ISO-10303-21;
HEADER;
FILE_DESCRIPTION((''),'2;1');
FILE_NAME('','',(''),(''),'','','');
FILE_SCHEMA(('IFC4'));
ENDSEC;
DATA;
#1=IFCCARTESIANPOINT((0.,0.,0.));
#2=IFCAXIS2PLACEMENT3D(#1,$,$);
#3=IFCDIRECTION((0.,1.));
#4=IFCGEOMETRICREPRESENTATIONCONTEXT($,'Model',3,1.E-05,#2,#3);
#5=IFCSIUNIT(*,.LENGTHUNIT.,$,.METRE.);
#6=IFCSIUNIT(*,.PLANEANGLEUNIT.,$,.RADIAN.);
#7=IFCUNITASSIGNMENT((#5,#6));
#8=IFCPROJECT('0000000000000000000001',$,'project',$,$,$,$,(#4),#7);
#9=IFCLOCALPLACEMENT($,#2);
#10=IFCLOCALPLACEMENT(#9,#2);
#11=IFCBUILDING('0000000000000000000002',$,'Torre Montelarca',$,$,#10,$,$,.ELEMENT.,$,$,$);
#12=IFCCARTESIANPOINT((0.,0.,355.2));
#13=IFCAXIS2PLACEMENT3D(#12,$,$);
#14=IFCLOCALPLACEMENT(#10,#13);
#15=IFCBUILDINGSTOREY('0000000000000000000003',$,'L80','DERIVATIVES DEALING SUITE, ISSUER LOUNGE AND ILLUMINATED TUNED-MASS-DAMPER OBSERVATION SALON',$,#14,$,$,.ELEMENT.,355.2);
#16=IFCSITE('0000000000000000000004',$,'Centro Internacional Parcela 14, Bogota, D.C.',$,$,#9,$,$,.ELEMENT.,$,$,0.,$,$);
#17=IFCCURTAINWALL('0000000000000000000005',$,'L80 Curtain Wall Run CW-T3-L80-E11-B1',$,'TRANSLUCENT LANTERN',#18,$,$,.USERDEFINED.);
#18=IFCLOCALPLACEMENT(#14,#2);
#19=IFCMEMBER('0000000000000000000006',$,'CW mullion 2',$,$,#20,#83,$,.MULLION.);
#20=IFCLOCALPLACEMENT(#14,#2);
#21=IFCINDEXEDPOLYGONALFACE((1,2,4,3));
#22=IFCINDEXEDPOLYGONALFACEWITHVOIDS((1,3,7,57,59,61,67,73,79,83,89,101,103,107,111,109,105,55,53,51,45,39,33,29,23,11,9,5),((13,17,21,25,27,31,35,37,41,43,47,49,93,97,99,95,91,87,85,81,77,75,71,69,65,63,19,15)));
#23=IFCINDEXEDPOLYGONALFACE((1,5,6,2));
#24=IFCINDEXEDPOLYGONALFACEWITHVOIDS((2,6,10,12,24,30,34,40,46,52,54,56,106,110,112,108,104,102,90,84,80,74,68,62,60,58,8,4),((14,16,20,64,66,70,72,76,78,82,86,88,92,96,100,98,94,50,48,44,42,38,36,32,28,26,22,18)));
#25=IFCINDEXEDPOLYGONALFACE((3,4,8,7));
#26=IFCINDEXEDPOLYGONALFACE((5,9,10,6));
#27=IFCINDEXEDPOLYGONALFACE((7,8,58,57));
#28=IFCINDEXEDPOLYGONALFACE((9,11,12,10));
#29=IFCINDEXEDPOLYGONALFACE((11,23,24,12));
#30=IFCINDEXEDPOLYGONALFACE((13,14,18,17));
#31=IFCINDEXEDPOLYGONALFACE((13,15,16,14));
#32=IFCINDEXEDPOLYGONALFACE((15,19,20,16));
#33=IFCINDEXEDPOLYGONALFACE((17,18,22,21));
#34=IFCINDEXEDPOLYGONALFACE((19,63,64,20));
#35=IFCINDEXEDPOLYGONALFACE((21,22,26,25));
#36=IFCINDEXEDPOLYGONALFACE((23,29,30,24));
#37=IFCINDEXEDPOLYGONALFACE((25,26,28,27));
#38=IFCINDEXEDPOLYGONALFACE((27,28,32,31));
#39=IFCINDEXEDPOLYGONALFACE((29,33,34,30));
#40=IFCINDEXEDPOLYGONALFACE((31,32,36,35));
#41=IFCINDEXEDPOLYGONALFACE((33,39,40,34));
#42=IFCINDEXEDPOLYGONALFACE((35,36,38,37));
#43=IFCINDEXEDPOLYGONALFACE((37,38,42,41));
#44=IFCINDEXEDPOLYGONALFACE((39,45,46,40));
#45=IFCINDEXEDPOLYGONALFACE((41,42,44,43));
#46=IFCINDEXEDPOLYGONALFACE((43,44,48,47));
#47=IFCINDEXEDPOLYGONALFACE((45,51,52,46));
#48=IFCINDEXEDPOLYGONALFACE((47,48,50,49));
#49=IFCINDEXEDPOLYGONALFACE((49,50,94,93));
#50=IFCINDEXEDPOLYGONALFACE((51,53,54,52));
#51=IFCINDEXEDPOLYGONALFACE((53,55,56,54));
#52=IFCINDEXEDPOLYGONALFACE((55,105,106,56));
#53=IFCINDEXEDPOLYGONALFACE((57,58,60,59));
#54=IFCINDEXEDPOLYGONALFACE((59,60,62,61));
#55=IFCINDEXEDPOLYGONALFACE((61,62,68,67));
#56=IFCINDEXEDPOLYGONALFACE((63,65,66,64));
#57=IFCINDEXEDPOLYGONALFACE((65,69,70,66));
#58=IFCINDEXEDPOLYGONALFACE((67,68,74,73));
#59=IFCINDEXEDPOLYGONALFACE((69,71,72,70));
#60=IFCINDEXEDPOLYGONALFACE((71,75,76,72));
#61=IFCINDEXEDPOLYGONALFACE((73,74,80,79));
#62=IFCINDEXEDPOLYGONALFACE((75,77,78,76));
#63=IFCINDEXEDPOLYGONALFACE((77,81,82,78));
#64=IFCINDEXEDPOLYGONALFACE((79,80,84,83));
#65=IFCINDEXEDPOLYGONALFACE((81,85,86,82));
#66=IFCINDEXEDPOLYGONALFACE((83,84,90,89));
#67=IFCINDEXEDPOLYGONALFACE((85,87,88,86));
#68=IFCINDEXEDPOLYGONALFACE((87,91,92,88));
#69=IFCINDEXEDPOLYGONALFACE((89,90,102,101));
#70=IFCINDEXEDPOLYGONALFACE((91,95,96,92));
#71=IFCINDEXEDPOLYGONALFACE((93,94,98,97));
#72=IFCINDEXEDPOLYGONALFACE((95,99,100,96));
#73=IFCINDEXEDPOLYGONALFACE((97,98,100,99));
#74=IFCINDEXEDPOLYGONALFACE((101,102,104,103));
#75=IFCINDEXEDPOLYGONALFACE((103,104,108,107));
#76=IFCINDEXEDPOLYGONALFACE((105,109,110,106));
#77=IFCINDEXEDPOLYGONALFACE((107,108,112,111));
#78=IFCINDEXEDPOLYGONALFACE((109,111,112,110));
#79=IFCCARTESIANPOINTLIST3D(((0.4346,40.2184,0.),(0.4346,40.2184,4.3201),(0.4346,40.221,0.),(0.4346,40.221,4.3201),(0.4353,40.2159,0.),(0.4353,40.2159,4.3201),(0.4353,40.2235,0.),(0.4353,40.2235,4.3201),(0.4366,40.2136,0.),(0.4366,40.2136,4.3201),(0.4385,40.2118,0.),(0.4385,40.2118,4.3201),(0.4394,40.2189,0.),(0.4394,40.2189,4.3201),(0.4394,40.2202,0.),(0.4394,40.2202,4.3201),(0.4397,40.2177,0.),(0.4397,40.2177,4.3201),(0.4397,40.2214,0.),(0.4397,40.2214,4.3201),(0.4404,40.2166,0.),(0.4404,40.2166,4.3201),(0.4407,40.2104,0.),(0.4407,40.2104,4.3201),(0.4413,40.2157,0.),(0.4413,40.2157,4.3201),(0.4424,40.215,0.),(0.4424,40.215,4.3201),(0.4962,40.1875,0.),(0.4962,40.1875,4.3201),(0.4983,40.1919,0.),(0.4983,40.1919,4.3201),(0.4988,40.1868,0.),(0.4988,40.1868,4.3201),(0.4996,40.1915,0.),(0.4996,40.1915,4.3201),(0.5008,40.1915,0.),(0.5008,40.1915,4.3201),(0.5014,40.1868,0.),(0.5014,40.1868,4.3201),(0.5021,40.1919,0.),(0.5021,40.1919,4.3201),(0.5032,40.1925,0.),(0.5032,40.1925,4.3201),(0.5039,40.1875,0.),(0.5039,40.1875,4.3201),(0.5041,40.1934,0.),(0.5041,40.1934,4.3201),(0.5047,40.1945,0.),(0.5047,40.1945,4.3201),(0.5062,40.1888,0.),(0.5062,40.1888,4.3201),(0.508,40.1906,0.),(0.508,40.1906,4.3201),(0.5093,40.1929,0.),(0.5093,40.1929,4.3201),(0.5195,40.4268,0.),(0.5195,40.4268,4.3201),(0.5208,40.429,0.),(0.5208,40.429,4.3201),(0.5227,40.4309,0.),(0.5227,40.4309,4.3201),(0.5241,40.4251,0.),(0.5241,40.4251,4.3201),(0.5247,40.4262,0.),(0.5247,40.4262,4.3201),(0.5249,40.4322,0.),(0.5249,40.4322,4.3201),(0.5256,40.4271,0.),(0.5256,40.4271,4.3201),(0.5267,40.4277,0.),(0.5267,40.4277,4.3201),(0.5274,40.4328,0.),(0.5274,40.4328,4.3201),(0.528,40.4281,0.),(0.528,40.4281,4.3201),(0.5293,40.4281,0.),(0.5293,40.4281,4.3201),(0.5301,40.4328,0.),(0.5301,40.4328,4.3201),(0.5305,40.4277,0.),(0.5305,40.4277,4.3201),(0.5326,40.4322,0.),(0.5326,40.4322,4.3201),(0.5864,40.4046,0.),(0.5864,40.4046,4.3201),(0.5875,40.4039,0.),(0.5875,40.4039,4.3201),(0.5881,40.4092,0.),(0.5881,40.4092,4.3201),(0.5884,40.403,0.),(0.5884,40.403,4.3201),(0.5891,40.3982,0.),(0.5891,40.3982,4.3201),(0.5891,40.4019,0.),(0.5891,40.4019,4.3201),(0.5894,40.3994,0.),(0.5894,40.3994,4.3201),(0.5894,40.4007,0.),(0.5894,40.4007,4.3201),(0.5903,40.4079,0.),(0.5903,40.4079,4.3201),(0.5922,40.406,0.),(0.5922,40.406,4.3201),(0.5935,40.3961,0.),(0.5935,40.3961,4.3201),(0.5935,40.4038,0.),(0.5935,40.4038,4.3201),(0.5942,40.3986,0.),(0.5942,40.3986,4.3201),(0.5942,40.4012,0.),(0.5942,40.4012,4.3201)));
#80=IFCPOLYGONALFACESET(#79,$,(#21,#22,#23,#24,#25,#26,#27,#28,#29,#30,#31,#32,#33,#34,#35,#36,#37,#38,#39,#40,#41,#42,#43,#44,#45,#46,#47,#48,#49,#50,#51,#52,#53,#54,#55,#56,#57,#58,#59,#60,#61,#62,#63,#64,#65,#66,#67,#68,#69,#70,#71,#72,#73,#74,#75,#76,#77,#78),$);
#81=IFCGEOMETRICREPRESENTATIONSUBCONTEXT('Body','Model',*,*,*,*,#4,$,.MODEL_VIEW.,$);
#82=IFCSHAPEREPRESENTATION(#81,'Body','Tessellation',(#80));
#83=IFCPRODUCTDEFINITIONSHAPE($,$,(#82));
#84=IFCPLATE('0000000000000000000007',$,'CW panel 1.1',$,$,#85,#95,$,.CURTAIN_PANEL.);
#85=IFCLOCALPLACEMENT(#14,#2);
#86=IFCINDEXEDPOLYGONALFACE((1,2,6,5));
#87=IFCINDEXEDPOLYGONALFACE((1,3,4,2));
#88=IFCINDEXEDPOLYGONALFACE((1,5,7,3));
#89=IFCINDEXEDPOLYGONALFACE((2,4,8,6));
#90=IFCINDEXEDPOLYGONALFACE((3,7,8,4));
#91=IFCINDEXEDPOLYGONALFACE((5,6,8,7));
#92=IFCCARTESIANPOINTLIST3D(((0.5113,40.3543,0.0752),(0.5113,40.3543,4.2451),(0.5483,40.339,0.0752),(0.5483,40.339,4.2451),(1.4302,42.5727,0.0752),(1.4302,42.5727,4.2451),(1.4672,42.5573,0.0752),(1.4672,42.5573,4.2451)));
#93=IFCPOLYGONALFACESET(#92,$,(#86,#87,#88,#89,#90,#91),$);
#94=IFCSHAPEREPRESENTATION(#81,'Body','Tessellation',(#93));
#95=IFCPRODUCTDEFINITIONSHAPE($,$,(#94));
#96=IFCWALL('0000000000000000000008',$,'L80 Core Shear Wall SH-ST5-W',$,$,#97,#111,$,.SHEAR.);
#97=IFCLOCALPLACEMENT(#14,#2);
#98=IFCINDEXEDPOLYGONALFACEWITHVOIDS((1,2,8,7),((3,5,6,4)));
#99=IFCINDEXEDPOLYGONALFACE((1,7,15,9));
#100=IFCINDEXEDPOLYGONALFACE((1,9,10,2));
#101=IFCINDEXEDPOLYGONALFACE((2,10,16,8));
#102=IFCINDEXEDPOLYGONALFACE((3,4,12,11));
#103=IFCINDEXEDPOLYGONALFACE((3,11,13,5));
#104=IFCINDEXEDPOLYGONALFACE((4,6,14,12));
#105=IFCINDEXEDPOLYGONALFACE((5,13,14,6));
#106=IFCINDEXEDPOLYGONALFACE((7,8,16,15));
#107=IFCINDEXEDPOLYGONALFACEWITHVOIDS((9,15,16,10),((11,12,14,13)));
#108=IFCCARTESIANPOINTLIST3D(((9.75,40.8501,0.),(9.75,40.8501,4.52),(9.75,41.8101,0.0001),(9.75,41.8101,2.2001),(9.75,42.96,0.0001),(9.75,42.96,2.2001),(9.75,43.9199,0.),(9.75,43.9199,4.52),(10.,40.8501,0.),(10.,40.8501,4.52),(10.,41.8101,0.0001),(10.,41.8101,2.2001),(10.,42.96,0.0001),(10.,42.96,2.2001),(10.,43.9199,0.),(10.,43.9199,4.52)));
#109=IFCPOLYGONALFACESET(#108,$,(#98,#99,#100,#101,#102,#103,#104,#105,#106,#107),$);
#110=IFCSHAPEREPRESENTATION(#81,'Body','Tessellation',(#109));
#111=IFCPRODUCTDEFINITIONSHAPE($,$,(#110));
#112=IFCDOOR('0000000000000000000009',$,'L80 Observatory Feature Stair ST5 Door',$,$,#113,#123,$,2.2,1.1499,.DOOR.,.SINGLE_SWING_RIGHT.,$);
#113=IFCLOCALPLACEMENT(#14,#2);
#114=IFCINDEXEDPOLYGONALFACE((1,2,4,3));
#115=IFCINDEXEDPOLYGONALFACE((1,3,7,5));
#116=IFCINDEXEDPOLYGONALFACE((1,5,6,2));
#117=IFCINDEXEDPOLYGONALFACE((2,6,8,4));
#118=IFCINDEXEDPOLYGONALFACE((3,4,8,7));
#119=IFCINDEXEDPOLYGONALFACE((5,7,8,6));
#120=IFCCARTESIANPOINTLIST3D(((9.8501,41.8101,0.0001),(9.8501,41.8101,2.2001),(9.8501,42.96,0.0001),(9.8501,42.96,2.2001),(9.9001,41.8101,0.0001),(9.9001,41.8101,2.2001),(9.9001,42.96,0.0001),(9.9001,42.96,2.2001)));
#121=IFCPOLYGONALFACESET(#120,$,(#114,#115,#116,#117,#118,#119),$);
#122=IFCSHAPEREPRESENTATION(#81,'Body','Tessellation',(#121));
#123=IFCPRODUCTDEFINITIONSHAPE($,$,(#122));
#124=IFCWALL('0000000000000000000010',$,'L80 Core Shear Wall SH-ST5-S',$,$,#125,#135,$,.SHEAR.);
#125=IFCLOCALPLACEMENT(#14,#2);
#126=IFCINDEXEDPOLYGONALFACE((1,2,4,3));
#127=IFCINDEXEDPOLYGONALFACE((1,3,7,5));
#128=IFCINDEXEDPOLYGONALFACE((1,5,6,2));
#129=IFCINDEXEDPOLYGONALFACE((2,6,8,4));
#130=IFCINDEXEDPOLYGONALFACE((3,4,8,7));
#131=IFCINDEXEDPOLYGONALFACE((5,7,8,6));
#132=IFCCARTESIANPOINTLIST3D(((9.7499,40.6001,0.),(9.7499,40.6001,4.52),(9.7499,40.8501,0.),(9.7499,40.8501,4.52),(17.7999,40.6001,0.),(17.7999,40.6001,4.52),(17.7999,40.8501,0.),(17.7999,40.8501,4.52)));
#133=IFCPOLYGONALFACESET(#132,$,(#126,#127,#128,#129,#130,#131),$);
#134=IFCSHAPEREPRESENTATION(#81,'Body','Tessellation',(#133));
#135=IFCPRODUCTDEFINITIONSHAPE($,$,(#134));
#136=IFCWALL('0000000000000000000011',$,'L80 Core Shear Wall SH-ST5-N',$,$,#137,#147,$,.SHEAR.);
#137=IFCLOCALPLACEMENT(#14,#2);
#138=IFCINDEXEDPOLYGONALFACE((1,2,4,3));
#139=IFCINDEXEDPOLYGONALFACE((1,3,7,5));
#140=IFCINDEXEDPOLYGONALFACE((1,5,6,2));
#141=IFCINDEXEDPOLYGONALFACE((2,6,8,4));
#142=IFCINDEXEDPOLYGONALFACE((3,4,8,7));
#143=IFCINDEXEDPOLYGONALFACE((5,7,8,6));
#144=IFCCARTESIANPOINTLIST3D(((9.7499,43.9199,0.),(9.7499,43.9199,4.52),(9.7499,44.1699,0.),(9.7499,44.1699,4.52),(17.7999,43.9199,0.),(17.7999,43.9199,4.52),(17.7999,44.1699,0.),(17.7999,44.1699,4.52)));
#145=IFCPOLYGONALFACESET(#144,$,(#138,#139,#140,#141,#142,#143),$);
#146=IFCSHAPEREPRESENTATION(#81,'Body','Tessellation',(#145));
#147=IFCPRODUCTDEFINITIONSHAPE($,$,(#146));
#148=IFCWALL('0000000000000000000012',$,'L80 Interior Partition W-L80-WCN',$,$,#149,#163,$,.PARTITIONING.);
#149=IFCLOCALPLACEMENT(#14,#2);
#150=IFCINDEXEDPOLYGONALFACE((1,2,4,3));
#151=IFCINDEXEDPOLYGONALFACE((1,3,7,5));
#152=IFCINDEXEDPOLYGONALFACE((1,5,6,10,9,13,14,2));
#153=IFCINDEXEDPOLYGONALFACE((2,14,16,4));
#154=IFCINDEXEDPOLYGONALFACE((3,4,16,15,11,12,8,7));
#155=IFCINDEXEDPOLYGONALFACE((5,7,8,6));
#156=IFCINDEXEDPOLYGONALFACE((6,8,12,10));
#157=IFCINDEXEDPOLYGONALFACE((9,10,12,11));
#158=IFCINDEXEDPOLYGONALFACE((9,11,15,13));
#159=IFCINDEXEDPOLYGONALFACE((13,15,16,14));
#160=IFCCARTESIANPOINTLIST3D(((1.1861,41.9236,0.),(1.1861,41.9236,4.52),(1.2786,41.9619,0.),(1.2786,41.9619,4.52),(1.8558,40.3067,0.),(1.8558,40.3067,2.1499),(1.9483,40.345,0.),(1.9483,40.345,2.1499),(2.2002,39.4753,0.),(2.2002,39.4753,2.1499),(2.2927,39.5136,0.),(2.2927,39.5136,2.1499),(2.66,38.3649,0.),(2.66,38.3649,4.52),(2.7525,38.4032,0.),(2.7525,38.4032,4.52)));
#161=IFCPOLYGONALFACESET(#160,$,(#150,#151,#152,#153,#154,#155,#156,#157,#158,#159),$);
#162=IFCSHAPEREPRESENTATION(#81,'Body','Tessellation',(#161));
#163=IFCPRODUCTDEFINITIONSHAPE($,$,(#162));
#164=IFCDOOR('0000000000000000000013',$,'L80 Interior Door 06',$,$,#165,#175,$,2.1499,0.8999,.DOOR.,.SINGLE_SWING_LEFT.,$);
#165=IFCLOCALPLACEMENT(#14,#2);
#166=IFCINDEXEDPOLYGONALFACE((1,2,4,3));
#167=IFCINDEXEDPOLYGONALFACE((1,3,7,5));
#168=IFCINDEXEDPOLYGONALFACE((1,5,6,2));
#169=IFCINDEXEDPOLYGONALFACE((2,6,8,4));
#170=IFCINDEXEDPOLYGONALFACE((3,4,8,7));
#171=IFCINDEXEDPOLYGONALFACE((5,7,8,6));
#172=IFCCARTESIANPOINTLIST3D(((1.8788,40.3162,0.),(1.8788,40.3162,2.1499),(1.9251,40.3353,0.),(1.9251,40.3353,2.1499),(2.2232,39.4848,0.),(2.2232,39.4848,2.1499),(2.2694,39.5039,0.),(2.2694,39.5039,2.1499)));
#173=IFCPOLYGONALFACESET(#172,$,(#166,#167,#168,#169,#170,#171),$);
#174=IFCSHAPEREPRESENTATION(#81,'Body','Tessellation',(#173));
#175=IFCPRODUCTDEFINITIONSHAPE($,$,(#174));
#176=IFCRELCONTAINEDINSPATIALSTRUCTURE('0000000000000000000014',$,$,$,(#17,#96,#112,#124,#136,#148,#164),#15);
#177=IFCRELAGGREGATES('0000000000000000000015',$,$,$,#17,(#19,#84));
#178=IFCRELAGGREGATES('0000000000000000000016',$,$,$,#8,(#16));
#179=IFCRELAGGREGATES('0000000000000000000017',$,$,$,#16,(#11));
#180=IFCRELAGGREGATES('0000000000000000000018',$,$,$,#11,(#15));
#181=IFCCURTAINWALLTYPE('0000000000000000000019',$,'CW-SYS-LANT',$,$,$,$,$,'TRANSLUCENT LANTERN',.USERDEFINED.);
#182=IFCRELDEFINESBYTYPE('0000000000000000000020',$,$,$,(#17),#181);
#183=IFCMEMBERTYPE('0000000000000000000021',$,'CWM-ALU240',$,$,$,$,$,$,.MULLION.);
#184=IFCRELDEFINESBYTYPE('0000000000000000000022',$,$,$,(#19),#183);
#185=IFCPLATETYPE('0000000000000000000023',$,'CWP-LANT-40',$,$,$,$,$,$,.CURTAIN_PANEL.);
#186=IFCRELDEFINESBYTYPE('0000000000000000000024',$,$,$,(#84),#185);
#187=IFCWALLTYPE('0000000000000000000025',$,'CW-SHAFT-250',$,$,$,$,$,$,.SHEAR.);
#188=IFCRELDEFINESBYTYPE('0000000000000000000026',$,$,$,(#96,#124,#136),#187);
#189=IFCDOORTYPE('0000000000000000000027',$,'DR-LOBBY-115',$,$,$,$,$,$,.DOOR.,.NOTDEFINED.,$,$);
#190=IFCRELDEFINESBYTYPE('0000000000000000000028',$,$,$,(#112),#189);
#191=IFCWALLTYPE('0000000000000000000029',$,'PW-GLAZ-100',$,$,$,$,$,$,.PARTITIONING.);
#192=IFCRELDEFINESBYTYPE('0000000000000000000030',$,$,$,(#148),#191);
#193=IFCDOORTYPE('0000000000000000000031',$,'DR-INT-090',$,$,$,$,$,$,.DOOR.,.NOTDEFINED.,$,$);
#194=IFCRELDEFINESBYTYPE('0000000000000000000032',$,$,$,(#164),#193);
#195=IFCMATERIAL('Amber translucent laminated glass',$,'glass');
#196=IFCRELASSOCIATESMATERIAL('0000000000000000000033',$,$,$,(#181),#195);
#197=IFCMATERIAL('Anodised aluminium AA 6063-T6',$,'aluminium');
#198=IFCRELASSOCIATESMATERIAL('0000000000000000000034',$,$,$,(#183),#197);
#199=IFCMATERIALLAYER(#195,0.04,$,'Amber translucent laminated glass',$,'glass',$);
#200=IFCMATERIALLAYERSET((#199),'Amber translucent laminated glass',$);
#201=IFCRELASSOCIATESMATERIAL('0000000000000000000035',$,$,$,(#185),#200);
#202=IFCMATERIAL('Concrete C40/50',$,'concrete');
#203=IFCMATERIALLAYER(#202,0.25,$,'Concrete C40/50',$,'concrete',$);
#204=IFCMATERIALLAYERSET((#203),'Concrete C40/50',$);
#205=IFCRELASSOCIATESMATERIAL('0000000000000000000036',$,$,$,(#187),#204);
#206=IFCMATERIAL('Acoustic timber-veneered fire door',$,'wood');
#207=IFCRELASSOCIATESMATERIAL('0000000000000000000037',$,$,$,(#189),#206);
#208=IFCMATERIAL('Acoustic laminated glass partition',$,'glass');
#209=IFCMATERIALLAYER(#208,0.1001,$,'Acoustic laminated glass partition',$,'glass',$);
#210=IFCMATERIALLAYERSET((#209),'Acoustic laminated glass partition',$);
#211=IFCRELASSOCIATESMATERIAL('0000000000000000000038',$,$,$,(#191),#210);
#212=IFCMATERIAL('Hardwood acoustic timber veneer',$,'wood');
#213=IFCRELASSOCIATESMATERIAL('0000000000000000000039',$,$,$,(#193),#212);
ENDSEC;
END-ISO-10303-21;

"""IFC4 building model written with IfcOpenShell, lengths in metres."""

from ifc_helpers import new_model, si_unit, direction, frame, frame_2d, origin, origin_2d, place, context, subcontext, project, spatial, rectangle, hollow_rectangle, extrude, source, transform, mapped, material, layer, layer_set, material_profile, profile_set, type_object, element, fill, aggregate, save


model = new_model("IFC4")

# Units and contexts
model_context = context("Model", 3, precision=1e-05, world=origin(), true_north=direction((0.0, 1.0)))
body_context = subcontext(model_context, "Body", "Model", "MODEL_VIEW")
ifc_project = project(units=[si_unit("LENGTHUNIT", "METRE"), si_unit("PLANEANGLEUNIT", "RADIAN")], contexts=[model_context])

# Site, building, storey
site_placement = place(None, origin())
site = spatial("IfcSite", under=ifc_project, at=site_placement, Name="Centro Internacional Parcela 14, Bogota, D.C.", CompositionType="ELEMENT", RefElevation=0.0)
building_placement = place(site_placement, origin())
building = spatial("IfcBuilding", under=site, at=building_placement, Name="Torre Montelarca", CompositionType="ELEMENT")
storey_placement = place(building_placement, frame((0.0, 0.0, 355.2)))
storey = spatial("IfcBuildingStorey", under=building, at=storey_placement, Name="L80", Description="DERIVATIVES DEALING SUITE, ISSUER LOUNGE AND ILLUMINATED TUNED-MASS-DAMPER OBSERVATION SALON", CompositionType="ELEMENT", Elevation=355.2)

# Shared definitions
ifc_material_1 = material(Name="Concrete C40/50", Category="concrete")

# Curtain wall, member, plate
ifc_material_2 = material(Name="Amber translucent laminated glass", Category="glass")
curtain_wall_type = type_object("IfcCurtainWallType", Name="CW-SYS-LANT", ElementType="TRANSLUCENT LANTERN", PredefinedType="USERDEFINED", material=ifc_material_2)
curtain_wall_placement = place(storey_placement, origin())
curtain_wall = element("IfcCurtainWall", 1, at=curtain_wall_placement, inside=storey, type_object=curtain_wall_type, Name="L80 Curtain Wall Run CW-T3-L80-E11-B1", ObjectType="TRANSLUCENT LANTERN", PredefinedType="USERDEFINED")
ifc_material_3 = material(Name="Anodised aluminium AA 6063-T6", Category="aluminium")
ifc_material_profile_1 = material_profile(ifc_material_3, hollow_rectangle(XDim=0.0801, YDim=0.24, WallThickness=0.0049, InnerFilletRadius=0.0049, OuterFilletRadius=0.01, at=origin_2d()), Name="ALU80X240X5", Category="aluminium")
ifc_profile_set_1 = profile_set([ifc_material_profile_1], Name="Anodised aluminium AA 6063-T6")
member_type_1 = type_object("IfcMemberType", Name="CWM-ALU240", PredefinedType="MULLION", material=ifc_profile_set_1)
shared_shape_1 = source(origin(), body_context, "Body", "SweptSolid", [
    extrude(hollow_rectangle(XDim=0.0801, YDim=0.24, WallThickness=0.0049, InnerFilletRadius=0.0049, OuterFilletRadius=0.01, at=origin_2d()), origin(), (0.0, 0.0, 1.0), 4.3201),
])
member_1_placement = place(storey_placement, frame((0.5144, 40.3098, 0.0), z_axis=(0.0, 0.0, 1.0), x_axis=(0.923885, -0.382671, 0.0)))
member_1 = element("IfcMember", 2, at=member_1_placement, type_object=member_type_1, Name="CW mullion 2", PredefinedType="MULLION", context=body_context, shape_type="MappedRepresentation", body=[
    mapped(shared_shape_1, transform((0.0, 0.0, 0.0), scale=1.0)),
])
ifc_layer_1 = layer(ifc_material_2, 0.04, Name="Amber translucent laminated glass", Category="glass")
ifc_layer_set_1 = layer_set([ifc_layer_1], Name="Amber translucent laminated glass")
plate_type = type_object("IfcPlateType", Name="CWP-LANT-40", PredefinedType="CURTAIN_PANEL", material=ifc_layer_set_1)
shared_shape_2 = source(origin(), body_context, "Body", "SweptSolid", [
    extrude(rectangle(XDim=2.4011, YDim=0.04, at=origin_2d()), origin(), (0.0, 0.0, 1.0), 4.1699),
])
plate_placement = place(storey_placement, frame((0.9893, 41.4558, 0.0752), z_axis=(0.0, 0.0, 1.0), x_axis=(-0.382671, -0.923885, 0.0)))
plate = element("IfcPlate", 3, at=plate_placement, type_object=plate_type, Name="CW panel 1.1", PredefinedType="CURTAIN_PANEL", context=body_context, shape_type="MappedRepresentation", body=[
    mapped(shared_shape_2, transform((0.0, 0.0, 0.0), scale=1.0)),
])
aggregate(curtain_wall, [member_1, plate])

# Wall, opening, door
ifc_layer_2 = layer(ifc_material_1, 0.25, Name="Concrete C40/50", Category="concrete")
ifc_layer_set_2 = layer_set([ifc_layer_2], Name="Concrete C40/50")
wall_type_1 = type_object("IfcWallType", Name="CW-SHAFT-250", PredefinedType="SHEAR", material=ifc_layer_set_2)
wall_1_placement = place(storey_placement, frame((9.875, 40.8501, 0.0), z_axis=(0.0, 0.0, 1.0), x_axis=(0.0, 1.0, 0.0)))
wall_1 = element("IfcWall", 4, at=wall_1_placement, inside=storey, type_object=wall_type_1, Name="L80 Core Shear Wall SH-ST5-W", PredefinedType="SHEAR", context=body_context, shape_type="SweptSolid", body=[
    extrude(rectangle(XDim=3.0698, YDim=0.25, at=frame_2d((1.5349, 0.0))), origin(), (0.0, 0.0, 1.0), 4.52),
])
opening_1_placement = place(wall_1_placement, frame((0.96, 0.0, 0.0)))
opening_1 = element("IfcOpeningElement", 5, at=opening_1_placement, cuts=wall_1, PredefinedType="OPENING", context=body_context, shape_type="SweptSolid", body=[
    extrude(rectangle(XDim=1.1499, YDim=2.2, at=frame_2d((0.575, 1.1001))), frame((0.0, 0.135, 0.0), z_axis=(0.0, -1.0, 0.0), x_axis=(1.0, 0.0, 0.0)), (0.0, 0.0, 1.0), 0.27),
])
ifc_material_4 = material(Name="Acoustic timber-veneered fire door", Category="wood")
door_type_1 = type_object("IfcDoorType", Name="DR-LOBBY-115", OperationType="NOTDEFINED", PredefinedType="DOOR", material=ifc_material_4)
shared_shape_3 = source(origin(), body_context, "Body", "SweptSolid", [
    extrude(rectangle(XDim=1.1499, YDim=2.2, at=frame_2d((0.575, 1.1001))), frame((0.0, 0.0249, 0.0), z_axis=(0.0, -1.0, 0.0), x_axis=(1.0, 0.0, 0.0)), (0.0, 0.0, 1.0), 0.05),
])
door_1_placement = place(opening_1_placement, origin())
door_1 = element("IfcDoor", 6, at=door_1_placement, inside=storey, type_object=door_type_1, Name="L80 Observatory Feature Stair ST5 Door", OperationType="SINGLE_SWING_RIGHT", OverallHeight=2.2, OverallWidth=1.1499, PredefinedType="DOOR", context=body_context, shape_type="MappedRepresentation", body=[
    mapped(shared_shape_3, transform((0.0, 0.0, 0.0), scale=1.0)),
])
fill(opening_1, door_1)

# Walls
for number, where, z_axis, x_axis, name in (
    (7, (9.75, 40.7251, 0.0), (0.0, 0.0, 1.0), (1.0, 0.0, 0.0), "L80 Core Shear Wall SH-ST5-S"),
    (8, (9.75, 44.0449, 0.0), (0.0, 0.0, 1.0), (1.0, 0.0, 0.0), "L80 Core Shear Wall SH-ST5-N"),
):
    element("IfcWall", number, at=place(storey_placement, frame(where, z_axis=z_axis, x_axis=x_axis)), inside=storey, type_object=wall_type_1, Name=name, PredefinedType="SHEAR", context=body_context, shape_type="SweptSolid", body=[
        extrude(rectangle(XDim=8.05, YDim=0.25, at=frame_2d((4.0249, 0.0))), origin(), (0.0, 0.0, 1.0), 4.52),
    ])

# Wall, opening, door
ifc_material_5 = material(Name="Acoustic laminated glass partition", Category="glass")
ifc_layer_3 = layer(ifc_material_5, 0.1001, Name="Acoustic laminated glass partition", Category="glass")
ifc_layer_set_3 = layer_set([ifc_layer_3], Name="Acoustic laminated glass partition")
wall_type_2 = type_object("IfcWallType", Name="PW-GLAZ-100", PredefinedType="PARTITIONING", material=ifc_layer_set_3)
wall_2_placement = place(storey_placement, frame((1.2324, 41.9426, 0.0), z_axis=(0.0, 0.0, 1.0), x_axis=(0.382652, -0.923892, 0.0)))
wall_2 = element("IfcWall", 9, at=wall_2_placement, inside=storey, type_object=wall_type_2, Name="L80 Interior Partition W-L80-WCN", PredefinedType="PARTITIONING", context=body_context, shape_type="SweptSolid", body=[
    extrude(rectangle(XDim=3.8518, YDim=0.1001, at=frame_2d((1.9258, 0.0))), origin(), (0.0, 0.0, 1.0), 4.52),
])
opening_2_placement = place(wall_2_placement, frame((1.75, 0.0, 0.0)))
opening_2 = element("IfcOpeningElement", 10, at=opening_2_placement, cuts=wall_2, PredefinedType="OPENING", context=body_context, shape_type="SweptSolid", body=[
    extrude(rectangle(XDim=0.8999, YDim=2.1499, at=frame_2d((0.45, 1.075))), frame((0.0, 0.0601, 0.0), z_axis=(0.0, -1.0, 0.0), x_axis=(1.0, 0.0, 0.0)), (0.0, 0.0, 1.0), 0.1201),
])
ifc_material_6 = material(Name="Hardwood acoustic timber veneer", Category="wood")
door_type_2 = type_object("IfcDoorType", Name="DR-INT-090", OperationType="NOTDEFINED", PredefinedType="DOOR", material=ifc_material_6)
shared_shape_4 = source(origin(), body_context, "Body", "SweptSolid", [
    extrude(rectangle(XDim=0.8999, YDim=2.1499, at=frame_2d((0.45, 1.075))), frame((0.0, 0.0249, 0.0), z_axis=(0.0, -1.0, 0.0), x_axis=(1.0, 0.0, 0.0)), (0.0, 0.0, 1.0), 0.05),
])
door_2_placement = place(opening_2_placement, origin())
door_2 = element("IfcDoor", 11, at=door_2_placement, inside=storey, type_object=door_type_2, Name="L80 Interior Door 06", OperationType="SINGLE_SWING_LEFT", OverallHeight=2.1499, OverallWidth=0.8999, PredefinedType="DOOR", context=body_context, shape_type="MappedRepresentation", body=[
    mapped(shared_shape_4, transform((0.0, 0.0, 0.0), scale=1.0)),
])
fill(opening_2, door_2)

save(model, "model.ifc")
